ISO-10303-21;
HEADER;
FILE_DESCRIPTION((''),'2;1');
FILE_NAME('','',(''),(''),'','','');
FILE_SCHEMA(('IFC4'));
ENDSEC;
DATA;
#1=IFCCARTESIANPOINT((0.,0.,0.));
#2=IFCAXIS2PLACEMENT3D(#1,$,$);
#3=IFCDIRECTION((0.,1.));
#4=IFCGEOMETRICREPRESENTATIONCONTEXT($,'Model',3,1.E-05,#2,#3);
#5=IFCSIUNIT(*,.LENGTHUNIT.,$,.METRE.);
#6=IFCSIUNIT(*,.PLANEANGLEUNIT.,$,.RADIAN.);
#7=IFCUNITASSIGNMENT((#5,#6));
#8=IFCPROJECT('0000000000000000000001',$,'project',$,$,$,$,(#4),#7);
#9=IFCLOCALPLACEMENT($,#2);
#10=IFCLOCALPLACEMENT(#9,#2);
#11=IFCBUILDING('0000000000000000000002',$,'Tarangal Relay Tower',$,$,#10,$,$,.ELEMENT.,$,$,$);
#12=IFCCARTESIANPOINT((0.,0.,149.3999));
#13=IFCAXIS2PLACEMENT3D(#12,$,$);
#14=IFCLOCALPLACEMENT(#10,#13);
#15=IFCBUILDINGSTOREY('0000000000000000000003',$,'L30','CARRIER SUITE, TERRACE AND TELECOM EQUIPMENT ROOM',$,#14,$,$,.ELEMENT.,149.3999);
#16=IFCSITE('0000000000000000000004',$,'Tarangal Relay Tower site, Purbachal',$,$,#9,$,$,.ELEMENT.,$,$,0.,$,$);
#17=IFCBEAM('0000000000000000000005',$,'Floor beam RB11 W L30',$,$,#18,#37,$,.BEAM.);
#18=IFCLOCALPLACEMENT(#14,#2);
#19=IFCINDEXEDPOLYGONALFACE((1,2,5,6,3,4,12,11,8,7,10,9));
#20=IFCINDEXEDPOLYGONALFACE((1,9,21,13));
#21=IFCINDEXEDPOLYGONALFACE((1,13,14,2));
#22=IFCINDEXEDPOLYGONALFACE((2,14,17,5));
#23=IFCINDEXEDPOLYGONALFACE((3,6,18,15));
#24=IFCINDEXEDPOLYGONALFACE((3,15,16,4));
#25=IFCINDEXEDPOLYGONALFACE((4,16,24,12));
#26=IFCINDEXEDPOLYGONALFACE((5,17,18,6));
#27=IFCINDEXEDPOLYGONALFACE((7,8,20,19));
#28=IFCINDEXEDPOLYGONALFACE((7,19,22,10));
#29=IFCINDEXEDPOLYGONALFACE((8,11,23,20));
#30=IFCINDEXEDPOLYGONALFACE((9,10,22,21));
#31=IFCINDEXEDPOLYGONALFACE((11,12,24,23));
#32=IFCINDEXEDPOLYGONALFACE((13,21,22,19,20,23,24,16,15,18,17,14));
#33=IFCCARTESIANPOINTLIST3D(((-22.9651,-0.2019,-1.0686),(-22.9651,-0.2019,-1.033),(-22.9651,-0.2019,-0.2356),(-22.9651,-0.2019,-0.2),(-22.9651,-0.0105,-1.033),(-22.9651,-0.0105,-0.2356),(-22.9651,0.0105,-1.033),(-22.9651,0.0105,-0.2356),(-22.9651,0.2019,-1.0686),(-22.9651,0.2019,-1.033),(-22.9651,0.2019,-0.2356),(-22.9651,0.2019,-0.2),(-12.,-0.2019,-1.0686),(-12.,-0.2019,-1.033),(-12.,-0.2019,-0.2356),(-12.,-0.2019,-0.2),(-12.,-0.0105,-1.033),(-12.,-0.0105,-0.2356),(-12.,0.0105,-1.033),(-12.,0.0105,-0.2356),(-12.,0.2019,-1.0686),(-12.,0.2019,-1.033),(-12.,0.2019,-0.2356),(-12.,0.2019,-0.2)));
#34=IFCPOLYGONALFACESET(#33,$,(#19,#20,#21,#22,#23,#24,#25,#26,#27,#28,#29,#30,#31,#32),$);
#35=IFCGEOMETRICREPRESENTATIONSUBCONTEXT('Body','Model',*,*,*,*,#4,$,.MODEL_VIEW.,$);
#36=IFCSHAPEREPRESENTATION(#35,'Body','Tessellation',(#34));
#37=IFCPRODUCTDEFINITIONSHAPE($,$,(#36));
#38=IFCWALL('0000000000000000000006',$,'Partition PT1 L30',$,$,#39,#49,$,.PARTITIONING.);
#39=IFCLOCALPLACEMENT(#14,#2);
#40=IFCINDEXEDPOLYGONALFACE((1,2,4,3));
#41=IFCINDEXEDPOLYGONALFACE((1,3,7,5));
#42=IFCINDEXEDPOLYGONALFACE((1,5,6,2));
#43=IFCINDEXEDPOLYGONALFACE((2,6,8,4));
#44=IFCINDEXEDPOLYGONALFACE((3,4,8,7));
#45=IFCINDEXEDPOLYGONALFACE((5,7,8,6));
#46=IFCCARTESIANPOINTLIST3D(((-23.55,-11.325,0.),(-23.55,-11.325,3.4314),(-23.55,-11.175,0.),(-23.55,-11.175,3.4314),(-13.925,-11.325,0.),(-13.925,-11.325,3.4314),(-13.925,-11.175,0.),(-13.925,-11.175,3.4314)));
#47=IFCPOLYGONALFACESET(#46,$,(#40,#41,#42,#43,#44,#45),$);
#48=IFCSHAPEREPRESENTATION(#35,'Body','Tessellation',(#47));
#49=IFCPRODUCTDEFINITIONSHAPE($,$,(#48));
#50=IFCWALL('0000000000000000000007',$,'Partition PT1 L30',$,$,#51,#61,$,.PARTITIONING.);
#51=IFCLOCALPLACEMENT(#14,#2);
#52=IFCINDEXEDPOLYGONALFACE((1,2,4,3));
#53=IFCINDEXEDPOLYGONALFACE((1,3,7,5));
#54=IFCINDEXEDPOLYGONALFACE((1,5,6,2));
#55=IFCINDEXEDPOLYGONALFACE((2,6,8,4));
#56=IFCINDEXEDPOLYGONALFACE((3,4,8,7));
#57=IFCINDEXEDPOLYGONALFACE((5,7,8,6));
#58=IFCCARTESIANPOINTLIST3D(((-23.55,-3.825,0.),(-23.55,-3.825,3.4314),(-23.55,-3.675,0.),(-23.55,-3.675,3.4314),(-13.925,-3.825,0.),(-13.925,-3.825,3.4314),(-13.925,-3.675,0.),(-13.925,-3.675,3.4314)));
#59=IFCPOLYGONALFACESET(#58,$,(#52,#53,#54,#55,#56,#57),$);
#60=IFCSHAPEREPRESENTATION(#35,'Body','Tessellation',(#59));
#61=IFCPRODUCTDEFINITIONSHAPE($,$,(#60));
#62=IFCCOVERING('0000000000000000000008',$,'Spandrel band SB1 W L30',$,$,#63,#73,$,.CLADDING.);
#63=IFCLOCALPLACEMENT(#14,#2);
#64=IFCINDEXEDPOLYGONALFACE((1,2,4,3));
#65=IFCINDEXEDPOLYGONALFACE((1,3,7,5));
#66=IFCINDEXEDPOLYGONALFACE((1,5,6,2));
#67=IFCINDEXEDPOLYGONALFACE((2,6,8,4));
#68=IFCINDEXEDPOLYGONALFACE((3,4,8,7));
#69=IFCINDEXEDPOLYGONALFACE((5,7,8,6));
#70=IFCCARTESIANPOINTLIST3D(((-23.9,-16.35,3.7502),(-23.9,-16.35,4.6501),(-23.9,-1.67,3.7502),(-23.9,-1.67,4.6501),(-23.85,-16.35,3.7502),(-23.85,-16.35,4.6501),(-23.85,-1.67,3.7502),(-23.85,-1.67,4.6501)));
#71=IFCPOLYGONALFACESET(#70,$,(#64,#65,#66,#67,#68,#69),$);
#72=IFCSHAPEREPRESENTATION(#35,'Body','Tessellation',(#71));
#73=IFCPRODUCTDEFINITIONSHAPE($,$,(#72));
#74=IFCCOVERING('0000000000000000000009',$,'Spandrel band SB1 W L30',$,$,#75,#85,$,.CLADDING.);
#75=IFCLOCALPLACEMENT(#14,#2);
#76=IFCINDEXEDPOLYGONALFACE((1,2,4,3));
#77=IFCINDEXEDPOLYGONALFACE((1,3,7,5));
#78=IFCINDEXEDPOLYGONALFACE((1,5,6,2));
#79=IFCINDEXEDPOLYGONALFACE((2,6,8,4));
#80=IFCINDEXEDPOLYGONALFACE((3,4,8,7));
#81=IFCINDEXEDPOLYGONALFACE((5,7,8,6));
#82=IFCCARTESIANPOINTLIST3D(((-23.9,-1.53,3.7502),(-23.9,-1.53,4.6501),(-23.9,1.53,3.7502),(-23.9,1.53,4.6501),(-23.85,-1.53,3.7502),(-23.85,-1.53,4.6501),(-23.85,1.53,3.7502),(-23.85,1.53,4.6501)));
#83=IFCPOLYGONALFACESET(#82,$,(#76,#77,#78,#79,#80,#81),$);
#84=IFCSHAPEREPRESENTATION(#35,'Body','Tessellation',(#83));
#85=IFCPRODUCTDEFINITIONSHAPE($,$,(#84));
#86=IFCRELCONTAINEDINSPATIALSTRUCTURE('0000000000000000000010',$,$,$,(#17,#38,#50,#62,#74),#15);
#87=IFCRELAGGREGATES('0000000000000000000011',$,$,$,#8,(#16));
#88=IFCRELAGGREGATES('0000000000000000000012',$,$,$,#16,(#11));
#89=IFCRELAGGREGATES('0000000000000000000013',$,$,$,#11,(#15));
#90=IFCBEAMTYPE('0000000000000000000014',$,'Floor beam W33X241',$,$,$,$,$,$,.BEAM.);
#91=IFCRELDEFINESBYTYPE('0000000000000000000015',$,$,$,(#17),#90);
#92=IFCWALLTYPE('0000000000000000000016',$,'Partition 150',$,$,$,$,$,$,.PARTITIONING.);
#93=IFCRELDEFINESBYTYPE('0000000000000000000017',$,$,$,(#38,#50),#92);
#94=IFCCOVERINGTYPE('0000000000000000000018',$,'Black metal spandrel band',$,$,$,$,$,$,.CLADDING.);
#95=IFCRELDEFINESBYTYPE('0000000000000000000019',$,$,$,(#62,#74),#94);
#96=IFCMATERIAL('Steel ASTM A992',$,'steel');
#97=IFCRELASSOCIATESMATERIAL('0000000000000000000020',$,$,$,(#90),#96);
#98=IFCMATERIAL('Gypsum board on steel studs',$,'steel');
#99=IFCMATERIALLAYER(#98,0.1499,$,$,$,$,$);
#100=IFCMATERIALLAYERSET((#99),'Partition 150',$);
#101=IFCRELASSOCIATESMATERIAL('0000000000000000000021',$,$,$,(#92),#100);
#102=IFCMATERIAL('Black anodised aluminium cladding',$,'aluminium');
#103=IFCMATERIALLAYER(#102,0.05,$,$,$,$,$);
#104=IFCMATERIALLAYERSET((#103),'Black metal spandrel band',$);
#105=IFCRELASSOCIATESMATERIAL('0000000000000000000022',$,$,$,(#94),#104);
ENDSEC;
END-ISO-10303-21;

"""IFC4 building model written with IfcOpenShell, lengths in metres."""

from ifc_helpers import new_model, si_unit, direction, frame, frame_2d, origin, origin_2d, place, context, subcontext, project, spatial, rectangle, i_section, extrude, material, layer, layer_set, material_profile, profile_set, type_object, element, save


model = new_model("IFC4")

# Units and contexts
model_context = context("Model", 3, precision=1e-05, world=origin(), true_north=direction((0.0, 1.0)))
body_context = subcontext(model_context, "Body", "Model", "MODEL_VIEW")
ifc_project = project(units=[si_unit("LENGTHUNIT", "METRE"), si_unit("PLANEANGLEUNIT", "RADIAN")], contexts=[model_context])

# Site, building, storey
site_placement = place(None, origin())
site = spatial("IfcSite", under=ifc_project, at=site_placement, Name="Tarangal Relay Tower site, Purbachal", CompositionType="ELEMENT", RefElevation=0.0)
building_placement = place(site_placement, origin())
building = spatial("IfcBuilding", under=site, at=building_placement, Name="Tarangal Relay Tower", CompositionType="ELEMENT")
storey_placement = place(building_placement, frame((0.0, 0.0, 149.3999)))
storey = spatial("IfcBuildingStorey", under=building, at=storey_placement, Name="L30", Description="CARRIER SUITE, TERRACE AND TELECOM EQUIPMENT ROOM", CompositionType="ELEMENT", Elevation=149.3999)

# Beam
ifc_material_1 = material(Name="Steel ASTM A992", Category="steel")
ifc_material_profile_1 = material_profile(ifc_material_1, i_section(OverallWidth=0.4038, OverallDepth=0.8687, WebThickness=0.021, FlangeThickness=0.0356, at=origin_2d()), Name="W33X241")
ifc_profile_set_1 = profile_set([ifc_material_profile_1], Name="Steel ASTM A992")
beam_type_1 = type_object("IfcBeamType", Name="Floor beam W33X241", PredefinedType="BEAM", material=ifc_profile_set_1)
for number, where, z_axis, x_axis, name in (
    (1, (-12.0, 0.0, -0.6343), (-1.0, 0.0, 0.0), (0.0, -1.0, 0.0), "Floor beam RB11 W L30"),
):
    element("IfcBeam", number, at=place(storey_placement, frame(where, z_axis=z_axis, x_axis=x_axis)), inside=storey, type_object=beam_type_1, Name=name, PredefinedType="BEAM", context=body_context, shape_type="SweptSolid", body=[
        extrude(i_section(OverallWidth=0.4038, OverallDepth=0.8687, WebThickness=0.021, FlangeThickness=0.0356, at=origin_2d()), origin(), (0.0, 0.0, 1.0), 10.9651),
    ])

# Walls
ifc_material_2 = material(Name="Gypsum board on steel studs", Category="steel")
ifc_layer_1 = layer(ifc_material_2, 0.1499)
ifc_layer_set_1 = layer_set([ifc_layer_1], Name="Partition 150")
wall_type = type_object("IfcWallType", Name="Partition 150", PredefinedType="PARTITIONING", material=ifc_layer_set_1)
for number, where, z_axis, x_axis, name in (
    (2, (-23.55, -11.25, 0.0), (0.0, 0.0, 1.0), (1.0, 0.0, 0.0), "Partition PT1 L30"),
    (3, (-23.55, -3.75, 0.0), (0.0, 0.0, 1.0), (1.0, 0.0, 0.0), "Partition PT1 L30"),
):
    element("IfcWall", number, at=place(storey_placement, frame(where, z_axis=z_axis, x_axis=x_axis)), inside=storey, type_object=wall_type, Name=name, PredefinedType="PARTITIONING", context=body_context, shape_type="SweptSolid", body=[
        extrude(rectangle(XDim=9.625, YDim=0.1499, at=frame_2d((4.8125, 0.0))), origin(), (0.0, 0.0, 1.0), 3.4314),
    ])

# Coverings
ifc_material_3 = material(Name="Black anodised aluminium cladding", Category="aluminium")
ifc_layer_2 = layer(ifc_material_3, 0.05)
ifc_layer_set_2 = layer_set([ifc_layer_2], Name="Black metal spandrel band")
covering_type = type_object("IfcCoveringType", Name="Black metal spandrel band", PredefinedType="CLADDING", material=ifc_layer_set_2)
covering_1_placement = place(storey_placement, frame((-23.875, -9.01, 3.7502), z_axis=(0.0, 0.0, 1.0), x_axis=(0.0, 1.0, 0.0)))
element("IfcCovering", 4, at=covering_1_placement, inside=storey, type_object=covering_type, Name="Spandrel band SB1 W L30", PredefinedType="CLADDING", context=body_context, shape_type="SweptSolid", body=[
    extrude(rectangle(XDim=14.6799, YDim=0.05, at=origin_2d()), origin(), (0.0, 0.0, 1.0), 0.8999),
])
covering_2_placement = place(storey_placement, frame((-23.875, 0.0, 3.7502), z_axis=(0.0, 0.0, 1.0), x_axis=(0.0, 1.0, 0.0)))
element("IfcCovering", 5, at=covering_2_placement, inside=storey, type_object=covering_type, Name="Spandrel band SB1 W L30", PredefinedType="CLADDING", context=body_context, shape_type="SweptSolid", body=[
    extrude(rectangle(XDim=3.0601, YDim=0.05, at=origin_2d()), origin(), (0.0, 0.0, 1.0), 0.8999),
])

save(model, "model.ifc")
